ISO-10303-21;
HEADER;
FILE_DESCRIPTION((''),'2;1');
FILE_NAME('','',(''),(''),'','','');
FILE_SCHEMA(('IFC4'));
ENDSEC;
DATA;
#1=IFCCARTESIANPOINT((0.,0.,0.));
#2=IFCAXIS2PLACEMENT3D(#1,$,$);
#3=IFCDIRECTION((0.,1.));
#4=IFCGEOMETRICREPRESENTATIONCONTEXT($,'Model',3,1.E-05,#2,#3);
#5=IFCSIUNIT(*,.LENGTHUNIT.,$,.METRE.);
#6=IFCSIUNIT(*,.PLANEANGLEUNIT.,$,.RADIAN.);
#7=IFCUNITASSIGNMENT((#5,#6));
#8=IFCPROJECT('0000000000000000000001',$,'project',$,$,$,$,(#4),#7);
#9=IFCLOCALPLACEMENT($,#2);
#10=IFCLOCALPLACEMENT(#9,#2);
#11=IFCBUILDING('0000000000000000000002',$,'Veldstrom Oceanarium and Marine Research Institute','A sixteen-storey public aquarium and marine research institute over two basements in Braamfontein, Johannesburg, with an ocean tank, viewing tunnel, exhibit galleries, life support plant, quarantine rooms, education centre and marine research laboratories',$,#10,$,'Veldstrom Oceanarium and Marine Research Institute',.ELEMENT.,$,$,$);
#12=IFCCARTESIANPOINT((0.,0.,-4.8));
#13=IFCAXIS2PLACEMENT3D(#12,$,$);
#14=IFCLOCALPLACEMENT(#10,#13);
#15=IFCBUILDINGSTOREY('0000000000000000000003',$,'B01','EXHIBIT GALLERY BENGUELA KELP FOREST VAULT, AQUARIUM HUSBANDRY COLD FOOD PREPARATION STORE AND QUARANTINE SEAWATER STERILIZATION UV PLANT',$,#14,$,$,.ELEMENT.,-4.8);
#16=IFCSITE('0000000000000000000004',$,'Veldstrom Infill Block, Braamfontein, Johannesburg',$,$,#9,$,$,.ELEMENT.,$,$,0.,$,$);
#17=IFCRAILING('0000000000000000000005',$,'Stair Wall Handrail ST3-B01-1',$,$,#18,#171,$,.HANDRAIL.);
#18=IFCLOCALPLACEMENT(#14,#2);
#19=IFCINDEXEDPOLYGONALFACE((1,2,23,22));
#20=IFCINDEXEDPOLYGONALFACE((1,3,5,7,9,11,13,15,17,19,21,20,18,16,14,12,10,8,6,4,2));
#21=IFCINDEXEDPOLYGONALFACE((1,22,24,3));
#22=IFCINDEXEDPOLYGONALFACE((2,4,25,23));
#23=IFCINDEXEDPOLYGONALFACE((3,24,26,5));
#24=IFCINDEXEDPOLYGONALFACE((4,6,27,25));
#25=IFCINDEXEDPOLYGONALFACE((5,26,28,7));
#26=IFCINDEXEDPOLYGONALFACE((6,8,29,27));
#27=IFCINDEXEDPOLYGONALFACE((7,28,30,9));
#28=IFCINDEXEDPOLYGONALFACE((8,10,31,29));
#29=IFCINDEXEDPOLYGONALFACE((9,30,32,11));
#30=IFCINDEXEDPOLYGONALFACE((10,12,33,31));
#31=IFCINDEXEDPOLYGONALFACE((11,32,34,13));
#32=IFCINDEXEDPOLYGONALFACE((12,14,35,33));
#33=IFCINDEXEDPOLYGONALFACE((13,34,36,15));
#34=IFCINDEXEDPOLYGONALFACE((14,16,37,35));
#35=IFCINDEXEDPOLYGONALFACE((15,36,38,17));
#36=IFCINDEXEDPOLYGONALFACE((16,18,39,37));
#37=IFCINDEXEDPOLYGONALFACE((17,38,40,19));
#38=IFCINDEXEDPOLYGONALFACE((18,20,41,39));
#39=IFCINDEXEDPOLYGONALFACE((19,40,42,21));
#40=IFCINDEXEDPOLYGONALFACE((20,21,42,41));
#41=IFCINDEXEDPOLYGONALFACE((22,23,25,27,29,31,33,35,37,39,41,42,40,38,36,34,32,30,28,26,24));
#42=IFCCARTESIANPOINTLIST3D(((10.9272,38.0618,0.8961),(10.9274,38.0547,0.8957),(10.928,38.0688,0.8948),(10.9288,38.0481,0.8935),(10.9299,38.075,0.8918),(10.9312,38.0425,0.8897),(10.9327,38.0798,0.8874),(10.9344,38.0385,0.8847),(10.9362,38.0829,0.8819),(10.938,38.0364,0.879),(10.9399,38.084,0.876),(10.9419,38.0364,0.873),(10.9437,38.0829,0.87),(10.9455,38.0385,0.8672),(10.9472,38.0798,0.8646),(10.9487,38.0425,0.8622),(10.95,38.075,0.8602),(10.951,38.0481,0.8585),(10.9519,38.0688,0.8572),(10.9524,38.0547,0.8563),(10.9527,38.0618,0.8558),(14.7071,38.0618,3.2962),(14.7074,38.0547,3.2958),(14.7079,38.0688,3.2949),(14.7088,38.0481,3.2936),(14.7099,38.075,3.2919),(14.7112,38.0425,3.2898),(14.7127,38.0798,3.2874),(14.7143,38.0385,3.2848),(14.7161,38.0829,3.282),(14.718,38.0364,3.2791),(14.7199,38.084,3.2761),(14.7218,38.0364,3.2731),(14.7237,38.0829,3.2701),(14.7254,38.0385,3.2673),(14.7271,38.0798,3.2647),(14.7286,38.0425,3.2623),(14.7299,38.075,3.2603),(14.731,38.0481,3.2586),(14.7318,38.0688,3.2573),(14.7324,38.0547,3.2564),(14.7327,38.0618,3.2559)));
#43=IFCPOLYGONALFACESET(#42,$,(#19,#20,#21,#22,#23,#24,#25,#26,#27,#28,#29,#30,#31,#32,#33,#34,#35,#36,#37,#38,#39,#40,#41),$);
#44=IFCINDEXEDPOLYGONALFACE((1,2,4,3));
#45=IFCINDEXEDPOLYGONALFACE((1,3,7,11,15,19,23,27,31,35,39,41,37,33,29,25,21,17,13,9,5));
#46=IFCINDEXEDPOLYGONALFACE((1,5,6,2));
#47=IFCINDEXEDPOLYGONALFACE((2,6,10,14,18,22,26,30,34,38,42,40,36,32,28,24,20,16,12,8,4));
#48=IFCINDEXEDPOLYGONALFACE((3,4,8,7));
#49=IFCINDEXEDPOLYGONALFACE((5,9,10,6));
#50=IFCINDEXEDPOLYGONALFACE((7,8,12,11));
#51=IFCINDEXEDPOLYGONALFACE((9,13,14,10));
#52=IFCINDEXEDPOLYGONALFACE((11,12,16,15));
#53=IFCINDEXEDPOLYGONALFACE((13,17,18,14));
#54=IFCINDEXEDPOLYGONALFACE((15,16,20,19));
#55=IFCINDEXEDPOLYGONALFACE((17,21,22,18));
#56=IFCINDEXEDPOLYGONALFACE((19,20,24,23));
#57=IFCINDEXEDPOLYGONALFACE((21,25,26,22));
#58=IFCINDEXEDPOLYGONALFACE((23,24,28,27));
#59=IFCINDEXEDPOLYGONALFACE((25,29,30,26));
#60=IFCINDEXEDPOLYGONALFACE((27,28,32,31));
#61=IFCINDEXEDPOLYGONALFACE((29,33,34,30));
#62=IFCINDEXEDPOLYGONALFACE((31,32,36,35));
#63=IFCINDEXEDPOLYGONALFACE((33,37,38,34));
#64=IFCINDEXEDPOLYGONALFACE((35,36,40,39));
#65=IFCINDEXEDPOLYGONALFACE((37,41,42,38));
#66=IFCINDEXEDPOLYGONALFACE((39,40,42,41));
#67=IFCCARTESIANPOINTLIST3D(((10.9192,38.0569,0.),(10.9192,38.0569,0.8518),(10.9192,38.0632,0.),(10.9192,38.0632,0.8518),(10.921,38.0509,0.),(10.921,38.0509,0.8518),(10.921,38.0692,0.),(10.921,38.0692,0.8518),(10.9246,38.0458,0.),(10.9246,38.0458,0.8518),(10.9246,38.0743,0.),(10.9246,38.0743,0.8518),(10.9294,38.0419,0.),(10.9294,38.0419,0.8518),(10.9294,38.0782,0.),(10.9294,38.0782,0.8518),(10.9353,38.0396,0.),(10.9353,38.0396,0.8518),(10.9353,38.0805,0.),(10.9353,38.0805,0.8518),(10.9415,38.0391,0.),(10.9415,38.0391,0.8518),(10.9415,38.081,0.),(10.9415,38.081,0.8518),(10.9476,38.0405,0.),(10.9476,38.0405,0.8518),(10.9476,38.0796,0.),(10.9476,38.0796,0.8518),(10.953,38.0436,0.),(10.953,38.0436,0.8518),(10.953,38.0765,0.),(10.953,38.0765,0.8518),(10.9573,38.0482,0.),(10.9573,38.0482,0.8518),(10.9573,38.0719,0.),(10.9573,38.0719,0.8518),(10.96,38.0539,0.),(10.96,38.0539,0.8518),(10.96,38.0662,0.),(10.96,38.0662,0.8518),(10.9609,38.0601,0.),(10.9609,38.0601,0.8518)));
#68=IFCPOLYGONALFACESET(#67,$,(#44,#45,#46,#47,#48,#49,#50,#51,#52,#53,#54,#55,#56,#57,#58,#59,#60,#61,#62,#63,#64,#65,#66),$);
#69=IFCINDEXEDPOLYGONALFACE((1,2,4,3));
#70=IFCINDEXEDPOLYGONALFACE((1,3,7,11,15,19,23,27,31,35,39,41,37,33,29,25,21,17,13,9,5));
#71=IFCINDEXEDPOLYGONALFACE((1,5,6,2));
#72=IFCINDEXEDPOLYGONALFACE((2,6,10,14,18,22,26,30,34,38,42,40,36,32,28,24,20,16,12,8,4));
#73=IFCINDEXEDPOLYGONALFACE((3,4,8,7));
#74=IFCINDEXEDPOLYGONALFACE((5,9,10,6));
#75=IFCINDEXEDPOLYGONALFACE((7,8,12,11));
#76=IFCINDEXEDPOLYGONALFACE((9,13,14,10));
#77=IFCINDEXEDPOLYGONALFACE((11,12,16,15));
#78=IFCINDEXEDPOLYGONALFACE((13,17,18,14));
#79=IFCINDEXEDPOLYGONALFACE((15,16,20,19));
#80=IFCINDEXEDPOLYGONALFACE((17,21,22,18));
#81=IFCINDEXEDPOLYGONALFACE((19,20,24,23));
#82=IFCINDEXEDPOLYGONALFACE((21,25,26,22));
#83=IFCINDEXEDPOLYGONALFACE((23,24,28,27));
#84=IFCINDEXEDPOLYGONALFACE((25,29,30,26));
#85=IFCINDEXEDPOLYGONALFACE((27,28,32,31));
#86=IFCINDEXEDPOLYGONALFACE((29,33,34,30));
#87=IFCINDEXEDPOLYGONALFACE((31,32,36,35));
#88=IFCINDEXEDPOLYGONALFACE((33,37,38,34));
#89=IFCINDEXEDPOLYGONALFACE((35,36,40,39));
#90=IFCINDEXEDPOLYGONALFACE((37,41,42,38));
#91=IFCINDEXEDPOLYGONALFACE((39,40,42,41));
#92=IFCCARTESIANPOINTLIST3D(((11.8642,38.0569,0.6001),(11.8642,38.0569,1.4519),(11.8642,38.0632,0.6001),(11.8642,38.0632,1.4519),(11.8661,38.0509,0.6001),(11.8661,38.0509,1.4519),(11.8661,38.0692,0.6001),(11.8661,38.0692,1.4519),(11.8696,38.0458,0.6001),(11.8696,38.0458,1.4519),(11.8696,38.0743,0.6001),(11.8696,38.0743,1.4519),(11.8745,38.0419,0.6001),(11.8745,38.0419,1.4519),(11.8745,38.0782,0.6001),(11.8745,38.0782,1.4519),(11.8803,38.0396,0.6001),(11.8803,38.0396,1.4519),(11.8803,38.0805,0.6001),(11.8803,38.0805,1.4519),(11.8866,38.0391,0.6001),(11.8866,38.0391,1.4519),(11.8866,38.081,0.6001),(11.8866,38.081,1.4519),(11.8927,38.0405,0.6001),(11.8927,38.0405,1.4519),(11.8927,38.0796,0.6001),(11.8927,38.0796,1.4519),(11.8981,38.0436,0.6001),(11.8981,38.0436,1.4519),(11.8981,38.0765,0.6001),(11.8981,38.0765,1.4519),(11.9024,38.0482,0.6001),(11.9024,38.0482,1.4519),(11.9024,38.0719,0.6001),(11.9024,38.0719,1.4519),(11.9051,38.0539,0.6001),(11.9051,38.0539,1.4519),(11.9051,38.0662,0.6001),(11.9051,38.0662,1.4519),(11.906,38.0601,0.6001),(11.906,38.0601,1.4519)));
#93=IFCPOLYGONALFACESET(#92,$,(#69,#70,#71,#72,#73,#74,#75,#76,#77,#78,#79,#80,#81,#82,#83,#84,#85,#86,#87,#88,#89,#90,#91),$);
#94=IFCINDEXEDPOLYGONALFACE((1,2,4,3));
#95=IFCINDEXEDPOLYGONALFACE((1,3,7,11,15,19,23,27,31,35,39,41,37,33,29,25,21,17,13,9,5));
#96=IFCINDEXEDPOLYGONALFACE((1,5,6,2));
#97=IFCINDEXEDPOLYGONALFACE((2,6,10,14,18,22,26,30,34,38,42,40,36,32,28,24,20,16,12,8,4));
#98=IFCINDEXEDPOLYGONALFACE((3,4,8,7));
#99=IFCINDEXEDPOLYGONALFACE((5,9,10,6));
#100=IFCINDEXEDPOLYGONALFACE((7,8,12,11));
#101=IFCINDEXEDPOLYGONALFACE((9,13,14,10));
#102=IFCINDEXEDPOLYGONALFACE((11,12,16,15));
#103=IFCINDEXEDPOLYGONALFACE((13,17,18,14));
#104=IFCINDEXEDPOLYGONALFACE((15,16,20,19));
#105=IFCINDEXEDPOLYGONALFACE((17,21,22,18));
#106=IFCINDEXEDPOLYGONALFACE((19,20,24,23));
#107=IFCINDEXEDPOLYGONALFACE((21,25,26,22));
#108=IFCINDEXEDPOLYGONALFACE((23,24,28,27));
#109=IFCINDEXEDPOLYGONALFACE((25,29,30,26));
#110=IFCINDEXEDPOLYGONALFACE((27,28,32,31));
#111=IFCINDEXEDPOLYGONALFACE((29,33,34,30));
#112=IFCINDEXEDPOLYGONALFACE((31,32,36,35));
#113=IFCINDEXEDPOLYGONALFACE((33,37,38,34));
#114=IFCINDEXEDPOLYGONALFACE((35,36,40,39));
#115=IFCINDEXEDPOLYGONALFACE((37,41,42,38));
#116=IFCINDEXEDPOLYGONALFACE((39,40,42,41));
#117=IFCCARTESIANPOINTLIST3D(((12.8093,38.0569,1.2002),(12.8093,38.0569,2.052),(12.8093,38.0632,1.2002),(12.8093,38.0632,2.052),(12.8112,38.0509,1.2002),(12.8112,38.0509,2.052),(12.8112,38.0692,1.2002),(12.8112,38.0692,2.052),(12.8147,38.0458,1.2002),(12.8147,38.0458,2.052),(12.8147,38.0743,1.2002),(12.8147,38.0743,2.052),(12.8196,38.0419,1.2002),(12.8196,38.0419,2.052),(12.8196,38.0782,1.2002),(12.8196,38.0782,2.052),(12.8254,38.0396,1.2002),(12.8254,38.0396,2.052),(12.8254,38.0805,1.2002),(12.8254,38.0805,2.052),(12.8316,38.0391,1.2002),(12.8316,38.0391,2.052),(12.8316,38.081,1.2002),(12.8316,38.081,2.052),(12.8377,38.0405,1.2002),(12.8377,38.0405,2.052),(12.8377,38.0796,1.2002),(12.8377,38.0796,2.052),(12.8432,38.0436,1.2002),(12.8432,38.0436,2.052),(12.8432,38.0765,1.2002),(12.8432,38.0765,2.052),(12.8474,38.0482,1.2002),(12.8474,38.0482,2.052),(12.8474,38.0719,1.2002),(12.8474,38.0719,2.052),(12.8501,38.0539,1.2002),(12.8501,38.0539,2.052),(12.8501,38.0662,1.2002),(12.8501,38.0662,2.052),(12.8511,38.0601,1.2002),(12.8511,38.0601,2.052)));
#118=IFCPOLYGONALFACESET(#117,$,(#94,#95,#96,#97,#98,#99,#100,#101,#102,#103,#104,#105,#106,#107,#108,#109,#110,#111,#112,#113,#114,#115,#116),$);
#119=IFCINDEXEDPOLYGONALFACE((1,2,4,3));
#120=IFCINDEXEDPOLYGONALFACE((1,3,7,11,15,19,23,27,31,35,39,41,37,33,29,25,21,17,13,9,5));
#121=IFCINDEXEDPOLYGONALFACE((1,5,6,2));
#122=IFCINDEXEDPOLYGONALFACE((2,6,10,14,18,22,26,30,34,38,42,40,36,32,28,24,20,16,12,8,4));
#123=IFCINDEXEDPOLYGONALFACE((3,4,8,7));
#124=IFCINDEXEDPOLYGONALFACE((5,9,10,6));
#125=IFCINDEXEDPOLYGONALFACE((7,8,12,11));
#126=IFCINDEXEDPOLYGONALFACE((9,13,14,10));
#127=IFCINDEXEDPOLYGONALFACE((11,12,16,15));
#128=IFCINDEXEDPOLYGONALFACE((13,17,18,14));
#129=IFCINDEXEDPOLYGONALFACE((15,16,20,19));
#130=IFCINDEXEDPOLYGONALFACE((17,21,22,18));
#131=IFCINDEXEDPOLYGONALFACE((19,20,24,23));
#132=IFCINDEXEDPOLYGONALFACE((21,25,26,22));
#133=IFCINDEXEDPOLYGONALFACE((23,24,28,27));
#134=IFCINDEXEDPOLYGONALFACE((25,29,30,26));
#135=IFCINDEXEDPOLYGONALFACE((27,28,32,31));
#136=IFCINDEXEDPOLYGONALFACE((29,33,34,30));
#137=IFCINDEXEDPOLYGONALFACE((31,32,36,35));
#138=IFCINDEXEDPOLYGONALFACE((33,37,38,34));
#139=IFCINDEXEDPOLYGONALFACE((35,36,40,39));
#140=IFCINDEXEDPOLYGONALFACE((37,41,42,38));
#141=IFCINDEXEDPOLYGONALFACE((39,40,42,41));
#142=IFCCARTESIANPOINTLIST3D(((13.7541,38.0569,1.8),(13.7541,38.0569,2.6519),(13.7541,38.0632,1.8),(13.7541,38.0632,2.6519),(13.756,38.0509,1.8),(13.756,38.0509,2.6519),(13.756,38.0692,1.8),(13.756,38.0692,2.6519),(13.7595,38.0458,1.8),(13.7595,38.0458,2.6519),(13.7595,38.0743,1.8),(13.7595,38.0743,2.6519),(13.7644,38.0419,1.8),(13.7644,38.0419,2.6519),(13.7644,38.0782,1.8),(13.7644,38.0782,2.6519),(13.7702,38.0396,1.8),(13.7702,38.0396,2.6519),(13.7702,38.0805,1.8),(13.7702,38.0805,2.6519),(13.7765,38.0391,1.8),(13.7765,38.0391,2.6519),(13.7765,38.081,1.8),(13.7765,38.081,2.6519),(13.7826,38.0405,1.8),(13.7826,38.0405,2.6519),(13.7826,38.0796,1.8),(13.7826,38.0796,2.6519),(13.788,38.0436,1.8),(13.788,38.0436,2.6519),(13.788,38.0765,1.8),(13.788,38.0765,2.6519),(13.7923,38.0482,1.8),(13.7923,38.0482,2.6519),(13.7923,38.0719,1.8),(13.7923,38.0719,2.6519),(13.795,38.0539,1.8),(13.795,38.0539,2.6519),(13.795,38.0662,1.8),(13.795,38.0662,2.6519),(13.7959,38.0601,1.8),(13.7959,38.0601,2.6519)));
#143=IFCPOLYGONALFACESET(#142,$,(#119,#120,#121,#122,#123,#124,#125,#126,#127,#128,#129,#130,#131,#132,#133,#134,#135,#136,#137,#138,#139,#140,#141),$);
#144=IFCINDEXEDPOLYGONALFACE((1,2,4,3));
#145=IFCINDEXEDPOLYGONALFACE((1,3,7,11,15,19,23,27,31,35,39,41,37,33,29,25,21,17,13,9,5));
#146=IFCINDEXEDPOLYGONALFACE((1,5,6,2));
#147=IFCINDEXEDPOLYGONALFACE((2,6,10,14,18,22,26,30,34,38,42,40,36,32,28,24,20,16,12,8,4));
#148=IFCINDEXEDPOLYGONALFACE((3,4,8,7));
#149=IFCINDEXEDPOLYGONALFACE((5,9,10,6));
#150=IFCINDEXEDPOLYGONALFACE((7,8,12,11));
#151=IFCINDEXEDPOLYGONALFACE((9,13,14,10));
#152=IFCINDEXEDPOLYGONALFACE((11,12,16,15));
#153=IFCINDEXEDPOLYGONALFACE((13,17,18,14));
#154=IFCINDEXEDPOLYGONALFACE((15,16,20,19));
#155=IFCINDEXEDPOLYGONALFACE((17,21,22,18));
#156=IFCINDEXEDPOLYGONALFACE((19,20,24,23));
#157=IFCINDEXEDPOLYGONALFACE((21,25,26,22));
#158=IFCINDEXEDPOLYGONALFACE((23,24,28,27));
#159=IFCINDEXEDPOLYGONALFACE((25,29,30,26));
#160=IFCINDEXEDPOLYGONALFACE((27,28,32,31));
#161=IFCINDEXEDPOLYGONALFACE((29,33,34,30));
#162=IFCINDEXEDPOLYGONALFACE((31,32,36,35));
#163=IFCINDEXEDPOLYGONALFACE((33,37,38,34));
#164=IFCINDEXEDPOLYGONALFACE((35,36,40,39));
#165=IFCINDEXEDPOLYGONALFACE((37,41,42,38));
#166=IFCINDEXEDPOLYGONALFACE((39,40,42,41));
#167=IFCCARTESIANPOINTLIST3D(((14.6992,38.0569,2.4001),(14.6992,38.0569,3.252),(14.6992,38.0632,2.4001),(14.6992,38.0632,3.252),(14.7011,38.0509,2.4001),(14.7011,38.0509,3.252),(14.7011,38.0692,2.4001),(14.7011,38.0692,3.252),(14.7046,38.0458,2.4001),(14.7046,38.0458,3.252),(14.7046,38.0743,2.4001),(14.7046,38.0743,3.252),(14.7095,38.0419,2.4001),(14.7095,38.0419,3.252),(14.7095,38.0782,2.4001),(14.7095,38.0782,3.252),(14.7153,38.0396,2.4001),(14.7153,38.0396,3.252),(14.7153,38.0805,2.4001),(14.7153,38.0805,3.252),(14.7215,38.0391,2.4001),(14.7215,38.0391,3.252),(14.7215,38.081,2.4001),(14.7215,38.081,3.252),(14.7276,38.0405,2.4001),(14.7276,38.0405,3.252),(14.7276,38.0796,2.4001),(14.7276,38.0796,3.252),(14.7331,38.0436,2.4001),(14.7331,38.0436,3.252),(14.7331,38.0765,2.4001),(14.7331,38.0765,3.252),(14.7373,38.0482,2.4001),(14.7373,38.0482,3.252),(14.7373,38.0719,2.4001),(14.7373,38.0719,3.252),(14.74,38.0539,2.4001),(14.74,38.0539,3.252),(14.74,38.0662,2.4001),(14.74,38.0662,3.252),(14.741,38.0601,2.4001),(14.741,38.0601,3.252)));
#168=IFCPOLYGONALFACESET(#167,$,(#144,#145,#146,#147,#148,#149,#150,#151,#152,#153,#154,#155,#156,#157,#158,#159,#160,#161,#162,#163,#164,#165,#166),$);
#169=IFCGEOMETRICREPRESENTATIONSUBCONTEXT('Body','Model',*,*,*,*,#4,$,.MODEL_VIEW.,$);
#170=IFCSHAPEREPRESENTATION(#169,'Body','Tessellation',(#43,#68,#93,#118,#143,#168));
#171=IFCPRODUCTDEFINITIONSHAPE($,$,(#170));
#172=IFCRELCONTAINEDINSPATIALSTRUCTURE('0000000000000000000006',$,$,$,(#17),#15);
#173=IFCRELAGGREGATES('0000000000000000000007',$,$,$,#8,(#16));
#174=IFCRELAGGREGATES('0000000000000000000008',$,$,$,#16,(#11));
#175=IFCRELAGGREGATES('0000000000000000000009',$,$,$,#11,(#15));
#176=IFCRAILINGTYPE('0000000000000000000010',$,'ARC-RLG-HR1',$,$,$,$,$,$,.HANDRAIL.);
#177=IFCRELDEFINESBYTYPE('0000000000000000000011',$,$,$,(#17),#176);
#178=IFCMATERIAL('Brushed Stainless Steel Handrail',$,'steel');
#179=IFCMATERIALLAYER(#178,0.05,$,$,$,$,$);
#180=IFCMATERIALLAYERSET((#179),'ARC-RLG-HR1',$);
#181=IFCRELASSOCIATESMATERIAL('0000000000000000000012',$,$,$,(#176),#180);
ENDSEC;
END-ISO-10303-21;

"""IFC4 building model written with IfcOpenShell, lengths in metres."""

from ifc_helpers import new_model, si_unit, direction, frame, origin, origin_2d, place, context, subcontext, project, spatial, circle, extrude, material, layer, layer_set, type_object, element, save


model = new_model("IFC4")

# Units and contexts
model_context = context("Model", 3, precision=1e-05, world=origin(), true_north=direction((0.0, 1.0)))
body_context = subcontext(model_context, "Body", "Model", "MODEL_VIEW")
ifc_project = project(units=[si_unit("LENGTHUNIT", "METRE"), si_unit("PLANEANGLEUNIT", "RADIAN")], contexts=[model_context])

# Site, building, storey
site_placement = place(None, origin())
site = spatial("IfcSite", under=ifc_project, at=site_placement, Name="Veldstrom Infill Block, Braamfontein, Johannesburg", CompositionType="ELEMENT", RefElevation=0.0)
building_placement = place(site_placement, origin())
building = spatial("IfcBuilding", under=site, at=building_placement, Name="Veldstrom Oceanarium and Marine Research Institute", Description="A sixteen-storey public aquarium and marine research institute over two basements in Braamfontein, Johannesburg, with an ocean tank, viewing tunnel, exhibit galleries, life support plant, quarantine rooms, education centre and marine research laboratories", LongName="Veldstrom Oceanarium and Marine Research Institute", CompositionType="ELEMENT")
storey_placement = place(building_placement, frame((0.0, 0.0, -4.8)))
storey = spatial("IfcBuildingStorey", under=building, at=storey_placement, Name="B01", Description="EXHIBIT GALLERY BENGUELA KELP FOREST VAULT, AQUARIUM HUSBANDRY COLD FOOD PREPARATION STORE AND QUARANTINE SEAWATER STERILIZATION UV PLANT", CompositionType="ELEMENT", Elevation=-4.8)

# Railing
ifc_material_1 = material(Name="Brushed Stainless Steel Handrail", Category="steel")
ifc_layer_1 = layer(ifc_material_1, 0.05)
ifc_layer_set_1 = layer_set([ifc_layer_1], Name="ARC-RLG-HR1")
railing_type = type_object("IfcRailingType", Name="ARC-RLG-HR1", PredefinedType="HANDRAIL", material=ifc_layer_set_1)
railing_placement = place(storey_placement, frame((10.9399, 38.0601, 0.0)))
element("IfcRailing", 1, at=railing_placement, inside=storey, type_object=railing_type, Name="Stair Wall Handrail ST3-B01-1", PredefinedType="HANDRAIL", context=body_context, shape_type="SweptSolid", body=[
    extrude(circle(Radius=0.0239, at=origin_2d()), frame((0.0, 0.0, 0.876), z_axis=(0.8442, 0.0, 0.536028), x_axis=(0.0, 1.0, 0.0)), (0.0, 0.0, 1.0), 4.4775),
    extrude(circle(Radius=0.021, at=origin_2d()), origin(), (0.0, 0.0, 1.0), 0.8518),
    extrude(circle(Radius=0.021, at=origin_2d()), frame((0.9451, 0.0, 0.6001)), (0.0, 0.0, 1.0), 0.8518),
    extrude(circle(Radius=0.021, at=origin_2d()), frame((1.8901, 0.0, 1.2002)), (0.0, 0.0, 1.0), 0.8518),
    extrude(circle(Radius=0.021, at=origin_2d()), frame((2.835, 0.0, 1.8)), (0.0, 0.0, 1.0), 0.8518),
    extrude(circle(Radius=0.021, at=origin_2d()), frame((3.78, 0.0, 2.4001)), (0.0, 0.0, 1.0), 0.8518),
])

save(model, "model.ifc")
